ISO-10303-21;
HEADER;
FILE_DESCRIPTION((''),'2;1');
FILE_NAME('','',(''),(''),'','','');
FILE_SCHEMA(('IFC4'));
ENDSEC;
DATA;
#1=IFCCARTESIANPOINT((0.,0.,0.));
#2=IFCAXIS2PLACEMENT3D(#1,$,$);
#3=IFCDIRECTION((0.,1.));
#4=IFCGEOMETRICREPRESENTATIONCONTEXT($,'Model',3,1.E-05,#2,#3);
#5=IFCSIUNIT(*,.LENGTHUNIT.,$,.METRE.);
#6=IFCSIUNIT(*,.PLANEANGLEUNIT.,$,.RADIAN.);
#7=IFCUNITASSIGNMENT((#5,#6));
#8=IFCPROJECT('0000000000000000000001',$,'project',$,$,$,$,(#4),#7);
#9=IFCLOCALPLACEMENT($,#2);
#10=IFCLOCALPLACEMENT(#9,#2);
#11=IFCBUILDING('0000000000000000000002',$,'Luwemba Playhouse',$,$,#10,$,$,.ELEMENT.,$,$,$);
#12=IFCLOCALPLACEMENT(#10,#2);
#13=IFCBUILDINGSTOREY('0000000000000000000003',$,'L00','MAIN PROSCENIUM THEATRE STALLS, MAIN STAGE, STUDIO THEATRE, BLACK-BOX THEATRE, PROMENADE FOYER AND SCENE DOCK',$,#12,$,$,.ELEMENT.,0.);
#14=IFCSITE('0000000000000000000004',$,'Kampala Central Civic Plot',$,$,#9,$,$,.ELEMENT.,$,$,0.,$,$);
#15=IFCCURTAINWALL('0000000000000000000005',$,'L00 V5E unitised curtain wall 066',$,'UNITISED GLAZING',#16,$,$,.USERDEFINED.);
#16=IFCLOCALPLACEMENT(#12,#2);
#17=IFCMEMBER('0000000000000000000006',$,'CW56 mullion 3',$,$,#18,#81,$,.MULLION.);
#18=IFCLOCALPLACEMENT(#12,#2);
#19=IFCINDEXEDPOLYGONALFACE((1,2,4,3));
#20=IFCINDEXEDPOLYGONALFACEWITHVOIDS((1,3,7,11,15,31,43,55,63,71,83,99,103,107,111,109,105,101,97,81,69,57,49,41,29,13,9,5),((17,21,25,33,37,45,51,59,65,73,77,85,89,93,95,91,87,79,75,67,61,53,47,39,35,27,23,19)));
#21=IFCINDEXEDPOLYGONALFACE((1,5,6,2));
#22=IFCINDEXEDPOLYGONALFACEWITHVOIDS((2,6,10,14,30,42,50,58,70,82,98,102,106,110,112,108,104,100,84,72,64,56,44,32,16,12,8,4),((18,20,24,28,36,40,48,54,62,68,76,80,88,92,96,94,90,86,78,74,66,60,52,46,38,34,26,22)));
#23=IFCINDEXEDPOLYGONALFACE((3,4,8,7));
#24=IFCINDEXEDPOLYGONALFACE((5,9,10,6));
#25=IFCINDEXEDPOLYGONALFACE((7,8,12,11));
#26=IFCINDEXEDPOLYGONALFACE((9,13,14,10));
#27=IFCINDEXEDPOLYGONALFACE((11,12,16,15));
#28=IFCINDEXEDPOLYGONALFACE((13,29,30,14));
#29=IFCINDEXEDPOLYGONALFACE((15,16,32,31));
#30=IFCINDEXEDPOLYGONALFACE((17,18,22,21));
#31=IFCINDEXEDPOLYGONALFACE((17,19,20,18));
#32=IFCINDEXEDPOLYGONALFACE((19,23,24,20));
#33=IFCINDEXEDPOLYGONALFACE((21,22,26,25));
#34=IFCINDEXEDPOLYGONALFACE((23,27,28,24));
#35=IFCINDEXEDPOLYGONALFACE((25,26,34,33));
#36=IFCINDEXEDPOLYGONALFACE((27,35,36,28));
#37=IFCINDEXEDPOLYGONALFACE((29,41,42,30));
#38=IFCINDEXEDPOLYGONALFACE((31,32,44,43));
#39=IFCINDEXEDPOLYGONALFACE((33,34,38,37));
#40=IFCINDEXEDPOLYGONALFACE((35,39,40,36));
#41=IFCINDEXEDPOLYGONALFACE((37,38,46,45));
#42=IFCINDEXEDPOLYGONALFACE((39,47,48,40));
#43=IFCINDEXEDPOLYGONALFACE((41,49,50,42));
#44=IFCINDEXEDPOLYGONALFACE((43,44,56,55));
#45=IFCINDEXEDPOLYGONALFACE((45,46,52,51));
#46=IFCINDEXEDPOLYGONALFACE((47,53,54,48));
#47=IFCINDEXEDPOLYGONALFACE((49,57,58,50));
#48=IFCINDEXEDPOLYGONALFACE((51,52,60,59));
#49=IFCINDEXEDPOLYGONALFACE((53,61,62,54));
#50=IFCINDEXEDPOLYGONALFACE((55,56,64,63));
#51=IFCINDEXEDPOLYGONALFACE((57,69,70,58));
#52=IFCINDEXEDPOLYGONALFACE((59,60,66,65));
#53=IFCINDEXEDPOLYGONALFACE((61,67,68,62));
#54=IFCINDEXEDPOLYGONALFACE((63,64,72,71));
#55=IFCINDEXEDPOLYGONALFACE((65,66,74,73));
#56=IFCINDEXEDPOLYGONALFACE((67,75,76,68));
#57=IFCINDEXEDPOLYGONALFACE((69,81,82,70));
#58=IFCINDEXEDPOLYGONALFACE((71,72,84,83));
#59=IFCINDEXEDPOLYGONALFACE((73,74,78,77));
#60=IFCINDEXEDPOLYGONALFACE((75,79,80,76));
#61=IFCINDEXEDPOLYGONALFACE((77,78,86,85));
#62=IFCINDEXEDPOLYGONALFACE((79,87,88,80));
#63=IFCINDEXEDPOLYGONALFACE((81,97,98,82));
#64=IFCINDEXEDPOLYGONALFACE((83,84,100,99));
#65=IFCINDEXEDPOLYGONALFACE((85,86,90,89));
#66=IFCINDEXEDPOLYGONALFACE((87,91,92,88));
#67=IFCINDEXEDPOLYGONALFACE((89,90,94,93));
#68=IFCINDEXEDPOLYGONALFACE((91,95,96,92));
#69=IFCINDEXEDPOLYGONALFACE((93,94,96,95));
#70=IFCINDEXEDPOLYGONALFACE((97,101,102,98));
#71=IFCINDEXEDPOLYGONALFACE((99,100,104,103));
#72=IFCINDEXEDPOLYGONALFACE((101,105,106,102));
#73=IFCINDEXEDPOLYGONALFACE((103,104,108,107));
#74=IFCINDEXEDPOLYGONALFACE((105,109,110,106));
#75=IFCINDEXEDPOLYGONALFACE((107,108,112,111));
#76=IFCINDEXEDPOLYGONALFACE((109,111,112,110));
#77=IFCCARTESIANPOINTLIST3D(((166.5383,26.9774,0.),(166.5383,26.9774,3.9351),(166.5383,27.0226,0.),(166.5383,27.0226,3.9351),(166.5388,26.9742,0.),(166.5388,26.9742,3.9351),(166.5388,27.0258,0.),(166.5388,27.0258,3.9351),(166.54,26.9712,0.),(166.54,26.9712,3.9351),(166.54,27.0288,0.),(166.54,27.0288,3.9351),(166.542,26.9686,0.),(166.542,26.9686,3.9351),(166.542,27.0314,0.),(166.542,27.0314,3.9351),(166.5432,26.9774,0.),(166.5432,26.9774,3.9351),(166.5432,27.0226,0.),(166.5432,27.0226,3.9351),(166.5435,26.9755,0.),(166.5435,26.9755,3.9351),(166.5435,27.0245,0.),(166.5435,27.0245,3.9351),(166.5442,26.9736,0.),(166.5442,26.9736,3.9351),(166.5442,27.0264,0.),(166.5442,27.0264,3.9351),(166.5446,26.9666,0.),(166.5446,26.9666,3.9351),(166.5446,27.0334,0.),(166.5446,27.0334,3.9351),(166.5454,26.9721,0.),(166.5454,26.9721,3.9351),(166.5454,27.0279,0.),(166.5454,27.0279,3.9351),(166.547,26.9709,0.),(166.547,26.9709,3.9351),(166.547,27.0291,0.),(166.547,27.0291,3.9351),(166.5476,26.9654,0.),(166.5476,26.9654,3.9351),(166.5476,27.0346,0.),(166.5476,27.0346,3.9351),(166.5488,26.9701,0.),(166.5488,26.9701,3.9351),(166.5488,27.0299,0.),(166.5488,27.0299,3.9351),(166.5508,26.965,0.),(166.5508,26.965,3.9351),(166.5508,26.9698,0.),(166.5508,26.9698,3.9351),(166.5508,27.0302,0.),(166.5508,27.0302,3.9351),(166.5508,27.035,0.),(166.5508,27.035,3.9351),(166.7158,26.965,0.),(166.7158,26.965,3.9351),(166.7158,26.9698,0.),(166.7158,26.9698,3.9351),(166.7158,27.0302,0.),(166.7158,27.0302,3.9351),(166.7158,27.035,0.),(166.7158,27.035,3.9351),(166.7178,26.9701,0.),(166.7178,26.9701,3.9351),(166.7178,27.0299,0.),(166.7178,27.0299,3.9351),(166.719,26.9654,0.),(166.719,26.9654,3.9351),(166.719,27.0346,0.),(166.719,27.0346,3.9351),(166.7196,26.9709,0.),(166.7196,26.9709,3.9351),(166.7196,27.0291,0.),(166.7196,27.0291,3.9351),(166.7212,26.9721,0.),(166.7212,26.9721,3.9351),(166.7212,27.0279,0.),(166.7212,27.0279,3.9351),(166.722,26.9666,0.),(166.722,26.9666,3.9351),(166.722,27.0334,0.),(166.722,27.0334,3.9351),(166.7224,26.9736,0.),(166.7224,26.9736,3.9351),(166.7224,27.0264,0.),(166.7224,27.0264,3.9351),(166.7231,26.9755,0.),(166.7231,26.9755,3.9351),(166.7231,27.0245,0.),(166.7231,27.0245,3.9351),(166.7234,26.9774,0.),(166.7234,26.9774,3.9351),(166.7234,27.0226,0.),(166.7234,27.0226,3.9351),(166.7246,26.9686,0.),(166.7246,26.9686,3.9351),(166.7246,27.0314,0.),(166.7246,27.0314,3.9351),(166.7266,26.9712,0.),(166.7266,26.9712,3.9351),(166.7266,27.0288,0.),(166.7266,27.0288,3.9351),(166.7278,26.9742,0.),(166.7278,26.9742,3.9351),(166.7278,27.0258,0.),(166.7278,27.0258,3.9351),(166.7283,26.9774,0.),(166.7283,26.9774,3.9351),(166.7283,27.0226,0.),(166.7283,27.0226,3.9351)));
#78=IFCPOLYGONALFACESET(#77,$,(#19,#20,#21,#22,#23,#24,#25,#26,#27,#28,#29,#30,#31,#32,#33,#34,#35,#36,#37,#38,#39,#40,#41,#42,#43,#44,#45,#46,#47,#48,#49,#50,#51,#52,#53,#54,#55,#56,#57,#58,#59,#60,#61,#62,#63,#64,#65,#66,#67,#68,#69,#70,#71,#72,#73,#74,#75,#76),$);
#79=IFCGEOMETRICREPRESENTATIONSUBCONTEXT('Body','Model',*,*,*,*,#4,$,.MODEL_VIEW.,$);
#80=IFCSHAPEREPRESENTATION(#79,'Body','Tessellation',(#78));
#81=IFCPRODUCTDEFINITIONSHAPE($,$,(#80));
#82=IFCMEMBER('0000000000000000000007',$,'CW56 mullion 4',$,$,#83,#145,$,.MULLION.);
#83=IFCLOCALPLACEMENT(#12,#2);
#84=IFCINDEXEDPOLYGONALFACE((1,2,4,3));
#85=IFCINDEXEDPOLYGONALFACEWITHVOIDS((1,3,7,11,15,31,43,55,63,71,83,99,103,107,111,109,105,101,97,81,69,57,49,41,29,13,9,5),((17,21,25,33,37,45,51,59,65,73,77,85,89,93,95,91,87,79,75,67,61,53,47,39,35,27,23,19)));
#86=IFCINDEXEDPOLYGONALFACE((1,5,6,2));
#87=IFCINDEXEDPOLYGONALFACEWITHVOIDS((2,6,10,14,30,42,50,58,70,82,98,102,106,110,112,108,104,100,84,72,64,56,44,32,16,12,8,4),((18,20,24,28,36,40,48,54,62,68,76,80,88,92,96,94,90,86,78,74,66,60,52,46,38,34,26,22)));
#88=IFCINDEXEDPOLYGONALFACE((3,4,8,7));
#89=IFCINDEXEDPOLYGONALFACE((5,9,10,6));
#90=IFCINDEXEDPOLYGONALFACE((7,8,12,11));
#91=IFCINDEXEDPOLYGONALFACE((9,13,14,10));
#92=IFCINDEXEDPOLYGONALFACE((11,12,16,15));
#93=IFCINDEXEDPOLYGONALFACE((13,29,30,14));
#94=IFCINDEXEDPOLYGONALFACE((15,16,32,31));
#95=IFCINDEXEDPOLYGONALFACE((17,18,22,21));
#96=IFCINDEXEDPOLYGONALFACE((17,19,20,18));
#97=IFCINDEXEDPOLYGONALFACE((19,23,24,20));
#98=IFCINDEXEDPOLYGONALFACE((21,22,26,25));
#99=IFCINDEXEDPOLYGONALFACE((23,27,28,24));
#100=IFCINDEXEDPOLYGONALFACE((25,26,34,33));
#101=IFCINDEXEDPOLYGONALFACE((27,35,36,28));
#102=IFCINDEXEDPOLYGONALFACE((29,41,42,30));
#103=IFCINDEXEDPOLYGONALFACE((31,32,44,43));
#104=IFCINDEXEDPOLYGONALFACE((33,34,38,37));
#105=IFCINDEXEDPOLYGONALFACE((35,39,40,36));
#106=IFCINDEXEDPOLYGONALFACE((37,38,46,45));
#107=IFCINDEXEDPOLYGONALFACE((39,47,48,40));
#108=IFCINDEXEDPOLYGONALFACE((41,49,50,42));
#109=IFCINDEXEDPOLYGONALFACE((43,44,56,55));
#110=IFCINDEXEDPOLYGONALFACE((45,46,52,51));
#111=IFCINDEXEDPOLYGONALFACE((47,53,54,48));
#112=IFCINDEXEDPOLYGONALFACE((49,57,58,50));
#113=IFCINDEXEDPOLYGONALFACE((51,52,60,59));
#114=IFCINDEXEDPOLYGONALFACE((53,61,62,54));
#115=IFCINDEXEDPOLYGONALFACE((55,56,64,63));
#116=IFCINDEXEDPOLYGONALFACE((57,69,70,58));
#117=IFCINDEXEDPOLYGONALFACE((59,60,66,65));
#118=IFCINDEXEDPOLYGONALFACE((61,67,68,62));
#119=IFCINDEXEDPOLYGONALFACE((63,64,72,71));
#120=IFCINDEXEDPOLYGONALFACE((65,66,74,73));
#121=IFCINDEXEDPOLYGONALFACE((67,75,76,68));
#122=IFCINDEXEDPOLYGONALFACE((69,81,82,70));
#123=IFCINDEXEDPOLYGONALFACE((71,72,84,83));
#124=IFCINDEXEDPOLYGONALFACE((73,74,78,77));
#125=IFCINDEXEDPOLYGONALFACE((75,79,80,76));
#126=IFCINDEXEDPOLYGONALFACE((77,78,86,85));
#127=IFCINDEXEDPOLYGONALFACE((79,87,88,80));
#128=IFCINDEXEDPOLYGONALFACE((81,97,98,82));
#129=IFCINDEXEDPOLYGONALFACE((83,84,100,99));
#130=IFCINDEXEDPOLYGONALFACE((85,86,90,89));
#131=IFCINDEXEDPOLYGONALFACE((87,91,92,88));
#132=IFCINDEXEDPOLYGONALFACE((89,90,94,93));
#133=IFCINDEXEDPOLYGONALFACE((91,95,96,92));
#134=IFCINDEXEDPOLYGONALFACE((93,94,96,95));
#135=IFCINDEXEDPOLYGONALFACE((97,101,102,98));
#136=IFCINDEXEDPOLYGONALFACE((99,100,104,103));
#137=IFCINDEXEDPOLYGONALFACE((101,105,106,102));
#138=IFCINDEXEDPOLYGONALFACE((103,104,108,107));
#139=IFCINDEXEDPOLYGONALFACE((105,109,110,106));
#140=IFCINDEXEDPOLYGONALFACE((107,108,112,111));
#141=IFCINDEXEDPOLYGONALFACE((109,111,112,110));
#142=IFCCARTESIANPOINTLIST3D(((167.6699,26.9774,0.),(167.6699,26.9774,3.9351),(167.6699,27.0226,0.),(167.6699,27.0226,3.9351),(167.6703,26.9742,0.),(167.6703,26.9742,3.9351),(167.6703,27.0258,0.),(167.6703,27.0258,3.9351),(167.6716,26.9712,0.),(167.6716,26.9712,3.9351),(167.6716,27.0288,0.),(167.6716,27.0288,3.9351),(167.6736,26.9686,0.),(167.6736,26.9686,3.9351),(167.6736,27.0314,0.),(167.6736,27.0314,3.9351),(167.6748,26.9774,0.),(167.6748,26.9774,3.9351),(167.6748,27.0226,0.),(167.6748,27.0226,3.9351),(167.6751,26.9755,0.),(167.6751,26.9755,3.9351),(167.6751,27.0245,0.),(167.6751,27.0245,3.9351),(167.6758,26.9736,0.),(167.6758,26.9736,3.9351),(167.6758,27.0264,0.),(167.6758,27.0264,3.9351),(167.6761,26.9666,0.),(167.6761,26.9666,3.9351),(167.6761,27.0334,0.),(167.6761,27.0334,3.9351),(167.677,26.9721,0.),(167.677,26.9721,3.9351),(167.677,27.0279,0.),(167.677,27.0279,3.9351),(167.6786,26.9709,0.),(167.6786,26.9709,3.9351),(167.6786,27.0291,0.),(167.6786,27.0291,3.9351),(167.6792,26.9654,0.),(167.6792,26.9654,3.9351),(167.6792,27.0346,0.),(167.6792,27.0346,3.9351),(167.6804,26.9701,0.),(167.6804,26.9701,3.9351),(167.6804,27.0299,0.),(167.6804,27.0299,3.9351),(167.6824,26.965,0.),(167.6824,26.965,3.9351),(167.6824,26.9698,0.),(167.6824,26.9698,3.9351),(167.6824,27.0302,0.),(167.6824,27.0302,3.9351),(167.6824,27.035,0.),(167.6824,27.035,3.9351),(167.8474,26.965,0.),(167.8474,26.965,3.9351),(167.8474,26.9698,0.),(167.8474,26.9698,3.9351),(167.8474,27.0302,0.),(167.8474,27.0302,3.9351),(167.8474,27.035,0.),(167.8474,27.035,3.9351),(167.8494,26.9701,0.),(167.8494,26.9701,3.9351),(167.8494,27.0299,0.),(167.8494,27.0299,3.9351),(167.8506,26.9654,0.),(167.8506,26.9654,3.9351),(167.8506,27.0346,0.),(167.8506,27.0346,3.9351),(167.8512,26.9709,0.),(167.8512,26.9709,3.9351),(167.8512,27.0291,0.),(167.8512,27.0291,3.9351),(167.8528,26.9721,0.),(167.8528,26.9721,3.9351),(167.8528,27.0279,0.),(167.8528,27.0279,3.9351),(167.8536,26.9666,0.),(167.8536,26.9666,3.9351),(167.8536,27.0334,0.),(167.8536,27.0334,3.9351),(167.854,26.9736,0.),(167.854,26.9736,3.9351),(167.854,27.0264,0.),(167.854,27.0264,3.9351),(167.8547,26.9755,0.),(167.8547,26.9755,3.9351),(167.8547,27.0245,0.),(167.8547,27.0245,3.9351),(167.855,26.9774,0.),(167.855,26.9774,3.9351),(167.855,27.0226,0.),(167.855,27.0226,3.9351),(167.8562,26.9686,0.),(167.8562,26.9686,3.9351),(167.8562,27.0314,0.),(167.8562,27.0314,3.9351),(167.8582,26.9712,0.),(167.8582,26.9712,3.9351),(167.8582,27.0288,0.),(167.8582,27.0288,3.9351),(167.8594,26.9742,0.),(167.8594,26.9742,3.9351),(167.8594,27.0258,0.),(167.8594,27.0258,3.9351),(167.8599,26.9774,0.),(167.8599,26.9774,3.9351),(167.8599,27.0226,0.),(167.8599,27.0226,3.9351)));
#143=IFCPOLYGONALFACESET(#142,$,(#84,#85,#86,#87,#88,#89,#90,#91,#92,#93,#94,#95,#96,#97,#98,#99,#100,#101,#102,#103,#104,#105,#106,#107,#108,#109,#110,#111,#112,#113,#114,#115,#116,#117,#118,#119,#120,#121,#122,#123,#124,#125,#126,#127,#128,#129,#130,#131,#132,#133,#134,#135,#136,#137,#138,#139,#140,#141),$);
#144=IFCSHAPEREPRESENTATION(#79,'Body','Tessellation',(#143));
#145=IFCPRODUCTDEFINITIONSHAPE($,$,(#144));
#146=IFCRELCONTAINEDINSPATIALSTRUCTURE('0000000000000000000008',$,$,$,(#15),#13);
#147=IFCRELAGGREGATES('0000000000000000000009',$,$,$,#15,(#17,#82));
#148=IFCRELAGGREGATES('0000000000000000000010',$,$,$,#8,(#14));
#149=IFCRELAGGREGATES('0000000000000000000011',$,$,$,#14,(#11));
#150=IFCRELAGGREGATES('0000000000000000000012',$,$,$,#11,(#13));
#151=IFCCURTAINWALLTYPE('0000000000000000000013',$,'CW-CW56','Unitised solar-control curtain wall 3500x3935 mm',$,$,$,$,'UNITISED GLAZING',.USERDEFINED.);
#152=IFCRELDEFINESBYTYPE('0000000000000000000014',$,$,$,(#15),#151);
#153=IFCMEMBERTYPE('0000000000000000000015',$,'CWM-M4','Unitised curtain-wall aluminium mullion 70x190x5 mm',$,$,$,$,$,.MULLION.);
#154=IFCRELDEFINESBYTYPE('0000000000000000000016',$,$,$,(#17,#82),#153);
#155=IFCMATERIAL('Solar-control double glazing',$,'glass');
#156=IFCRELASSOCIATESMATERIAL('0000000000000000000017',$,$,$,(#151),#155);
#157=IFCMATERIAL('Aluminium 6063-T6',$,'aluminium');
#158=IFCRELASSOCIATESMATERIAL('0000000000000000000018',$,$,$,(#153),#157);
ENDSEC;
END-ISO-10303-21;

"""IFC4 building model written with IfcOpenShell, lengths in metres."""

from ifc_helpers import new_model, si_unit, direction, frame, origin, origin_2d, place, context, subcontext, project, spatial, hollow_rectangle, extrude, material, material_profile, profile_set, type_object, element, aggregate, save


model = new_model("IFC4")

# Units and contexts
model_context = context("Model", 3, precision=1e-05, world=origin(), true_north=direction((0.0, 1.0)))
body_context = subcontext(model_context, "Body", "Model", "MODEL_VIEW")
ifc_project = project(units=[si_unit("LENGTHUNIT", "METRE"), si_unit("PLANEANGLEUNIT", "RADIAN")], contexts=[model_context])

# Site, building, storey
site_placement = place(None, origin())
site = spatial("IfcSite", under=ifc_project, at=site_placement, Name="Kampala Central Civic Plot", CompositionType="ELEMENT", RefElevation=0.0)
building_placement = place(site_placement, origin())
building = spatial("IfcBuilding", under=site, at=building_placement, Name="Luwemba Playhouse", CompositionType="ELEMENT")
storey_placement = place(building_placement, origin())
storey = spatial("IfcBuildingStorey", under=building, at=storey_placement, Name="L00", Description="MAIN PROSCENIUM THEATRE STALLS, MAIN STAGE, STUDIO THEATRE, BLACK-BOX THEATRE, PROMENADE FOYER AND SCENE DOCK", CompositionType="ELEMENT", Elevation=0.0)

# Curtain wall, members
ifc_material_1 = material(Name="Solar-control double glazing", Category="glass")
ifc_material_2 = material(Name="Aluminium 6063-T6", Category="aluminium")
curtain_wall_type_1 = type_object("IfcCurtainWallType", Name="CW-CW56", Description="Unitised solar-control curtain wall 3500x3935 mm", ElementType="UNITISED GLAZING", PredefinedType="USERDEFINED", material=ifc_material_1)
curtain_wall_1_placement = place(storey_placement, origin())
curtain_wall_1 = element("IfcCurtainWall", 1, at=curtain_wall_1_placement, inside=storey, type_object=curtain_wall_type_1, Name="L00 V5E unitised curtain wall 066", ObjectType="UNITISED GLAZING", PredefinedType="USERDEFINED")
ifc_material_profile_1 = material_profile(ifc_material_2, hollow_rectangle(XDim=0.0701, YDim=0.1899, WallThickness=0.0049, InnerFilletRadius=0.0076, OuterFilletRadius=0.0125, at=origin_2d()))
ifc_profile_set_1 = profile_set([ifc_material_profile_1], Name="Aluminium 6063-T6")
member_type_1 = type_object("IfcMemberType", Name="CWM-M4", Description="Unitised curtain-wall aluminium mullion 70x190x5 mm", PredefinedType="MULLION", material=ifc_profile_set_1)
member_1_placement = place(storey_placement, frame((166.6333, 27.0, 0.0), z_axis=(0.0, 0.0, 1.0), x_axis=(0.0, 1.0, 0.0)))
member_1 = element("IfcMember", 2, at=member_1_placement, type_object=member_type_1, Name="CW56 mullion 3", PredefinedType="MULLION", context=body_context, shape_type="SweptSolid", body=[
    extrude(hollow_rectangle(XDim=0.0701, YDim=0.1899, WallThickness=0.0049, InnerFilletRadius=0.0076, OuterFilletRadius=0.0125, at=origin_2d()), origin(), (0.0, 0.0, 1.0), 3.9351),
])
member_2_placement = place(storey_placement, frame((167.7649, 27.0, 0.0), z_axis=(0.0, 0.0, 1.0), x_axis=(0.0, 1.0, 0.0)))
member_2 = element("IfcMember", 3, at=member_2_placement, type_object=member_type_1, Name="CW56 mullion 4", PredefinedType="MULLION", context=body_context, shape_type="SweptSolid", body=[
    extrude(hollow_rectangle(XDim=0.0701, YDim=0.1899, WallThickness=0.0049, InnerFilletRadius=0.0076, OuterFilletRadius=0.0125, at=origin_2d()), origin(), (0.0, 0.0, 1.0), 3.9351),
])

aggregate(curtain_wall_1, [member_1, member_2])

save(model, "model.ifc")
